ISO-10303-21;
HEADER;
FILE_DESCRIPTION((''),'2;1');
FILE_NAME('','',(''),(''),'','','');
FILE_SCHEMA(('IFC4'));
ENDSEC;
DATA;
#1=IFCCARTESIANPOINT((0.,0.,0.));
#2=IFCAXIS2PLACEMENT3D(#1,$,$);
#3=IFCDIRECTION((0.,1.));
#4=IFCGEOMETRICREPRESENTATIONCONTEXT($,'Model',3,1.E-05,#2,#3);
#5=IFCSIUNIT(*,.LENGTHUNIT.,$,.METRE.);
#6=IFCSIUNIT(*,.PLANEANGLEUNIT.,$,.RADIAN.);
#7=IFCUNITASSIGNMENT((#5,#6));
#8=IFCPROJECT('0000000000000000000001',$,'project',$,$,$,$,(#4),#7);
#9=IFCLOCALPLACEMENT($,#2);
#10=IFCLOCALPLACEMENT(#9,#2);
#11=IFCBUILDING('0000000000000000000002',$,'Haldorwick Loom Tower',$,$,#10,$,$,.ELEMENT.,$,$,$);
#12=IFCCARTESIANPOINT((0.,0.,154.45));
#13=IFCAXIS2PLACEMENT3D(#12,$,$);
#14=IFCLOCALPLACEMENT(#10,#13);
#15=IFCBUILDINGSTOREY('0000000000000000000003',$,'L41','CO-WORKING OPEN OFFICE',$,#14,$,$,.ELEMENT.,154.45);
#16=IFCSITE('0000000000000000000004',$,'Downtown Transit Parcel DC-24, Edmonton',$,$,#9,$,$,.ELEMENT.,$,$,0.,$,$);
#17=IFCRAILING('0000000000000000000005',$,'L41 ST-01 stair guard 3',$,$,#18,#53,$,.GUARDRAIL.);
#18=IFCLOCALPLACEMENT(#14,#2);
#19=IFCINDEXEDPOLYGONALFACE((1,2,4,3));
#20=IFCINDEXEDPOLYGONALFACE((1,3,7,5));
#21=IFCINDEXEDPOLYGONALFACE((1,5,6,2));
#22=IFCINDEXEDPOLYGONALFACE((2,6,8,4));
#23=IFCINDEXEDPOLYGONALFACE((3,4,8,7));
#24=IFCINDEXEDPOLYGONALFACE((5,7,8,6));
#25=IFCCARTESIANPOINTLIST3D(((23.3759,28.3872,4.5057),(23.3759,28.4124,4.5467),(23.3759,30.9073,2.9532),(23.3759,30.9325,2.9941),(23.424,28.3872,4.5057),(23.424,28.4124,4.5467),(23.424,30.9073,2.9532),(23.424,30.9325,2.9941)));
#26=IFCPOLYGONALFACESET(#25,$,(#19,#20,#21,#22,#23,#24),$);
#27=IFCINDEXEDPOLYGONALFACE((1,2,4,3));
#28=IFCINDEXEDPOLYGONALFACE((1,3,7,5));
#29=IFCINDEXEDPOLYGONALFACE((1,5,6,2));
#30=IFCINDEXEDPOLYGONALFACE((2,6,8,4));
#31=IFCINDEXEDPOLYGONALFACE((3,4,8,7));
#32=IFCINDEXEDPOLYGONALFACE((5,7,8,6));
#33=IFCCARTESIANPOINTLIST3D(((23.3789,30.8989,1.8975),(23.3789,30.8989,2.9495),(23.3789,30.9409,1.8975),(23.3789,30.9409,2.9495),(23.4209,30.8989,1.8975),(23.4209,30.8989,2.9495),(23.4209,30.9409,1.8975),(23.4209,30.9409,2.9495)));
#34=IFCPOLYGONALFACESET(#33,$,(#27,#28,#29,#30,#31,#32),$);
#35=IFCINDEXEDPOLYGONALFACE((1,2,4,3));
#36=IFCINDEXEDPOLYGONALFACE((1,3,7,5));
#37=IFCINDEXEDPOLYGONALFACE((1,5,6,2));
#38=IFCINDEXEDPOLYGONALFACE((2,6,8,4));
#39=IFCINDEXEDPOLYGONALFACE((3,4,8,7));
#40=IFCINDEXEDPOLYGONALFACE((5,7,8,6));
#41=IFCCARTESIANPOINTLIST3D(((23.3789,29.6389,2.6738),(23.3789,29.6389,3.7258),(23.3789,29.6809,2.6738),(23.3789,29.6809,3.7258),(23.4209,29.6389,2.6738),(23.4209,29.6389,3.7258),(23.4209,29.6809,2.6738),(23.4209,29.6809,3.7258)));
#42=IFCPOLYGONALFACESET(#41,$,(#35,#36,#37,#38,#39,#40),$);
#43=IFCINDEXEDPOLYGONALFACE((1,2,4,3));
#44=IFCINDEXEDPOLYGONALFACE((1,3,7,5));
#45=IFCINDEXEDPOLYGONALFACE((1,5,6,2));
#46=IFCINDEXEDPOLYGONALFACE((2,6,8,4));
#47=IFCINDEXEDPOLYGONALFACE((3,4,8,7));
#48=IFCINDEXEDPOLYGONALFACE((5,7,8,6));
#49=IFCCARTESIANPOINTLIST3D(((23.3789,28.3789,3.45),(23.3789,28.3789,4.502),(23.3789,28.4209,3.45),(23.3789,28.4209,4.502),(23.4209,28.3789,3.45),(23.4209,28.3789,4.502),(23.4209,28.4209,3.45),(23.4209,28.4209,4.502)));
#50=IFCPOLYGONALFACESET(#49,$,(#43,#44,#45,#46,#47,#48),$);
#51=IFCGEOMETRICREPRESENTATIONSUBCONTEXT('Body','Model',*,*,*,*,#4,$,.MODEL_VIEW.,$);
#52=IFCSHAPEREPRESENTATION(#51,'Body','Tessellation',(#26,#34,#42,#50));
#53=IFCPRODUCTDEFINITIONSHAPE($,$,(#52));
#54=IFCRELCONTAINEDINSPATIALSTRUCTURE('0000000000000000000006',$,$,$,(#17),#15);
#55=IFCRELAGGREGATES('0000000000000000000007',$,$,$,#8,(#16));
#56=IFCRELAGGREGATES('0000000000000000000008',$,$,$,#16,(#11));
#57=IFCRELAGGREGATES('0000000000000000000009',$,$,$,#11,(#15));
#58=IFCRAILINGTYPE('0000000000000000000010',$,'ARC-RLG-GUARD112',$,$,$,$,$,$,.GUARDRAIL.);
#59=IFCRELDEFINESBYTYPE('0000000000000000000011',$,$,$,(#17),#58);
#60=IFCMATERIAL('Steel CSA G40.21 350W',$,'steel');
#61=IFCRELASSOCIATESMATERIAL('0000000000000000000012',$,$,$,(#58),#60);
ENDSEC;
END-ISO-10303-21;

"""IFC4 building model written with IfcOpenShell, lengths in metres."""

from ifc_helpers import new_model, si_unit, direction, frame, origin, origin_2d, place, context, subcontext, project, spatial, rectangle, extrude, material, type_object, element, save


model = new_model("IFC4")

# Units and contexts
model_context = context("Model", 3, precision=1e-05, world=origin(), true_north=direction((0.0, 1.0)))
body_context = subcontext(model_context, "Body", "Model", "MODEL_VIEW")
ifc_project = project(units=[si_unit("LENGTHUNIT", "METRE"), si_unit("PLANEANGLEUNIT", "RADIAN")], contexts=[model_context])

# Site, building, storey
site_placement = place(None, origin())
site = spatial("IfcSite", under=ifc_project, at=site_placement, Name="Downtown Transit Parcel DC-24, Edmonton", CompositionType="ELEMENT", RefElevation=0.0)
building_placement = place(site_placement, origin())
building = spatial("IfcBuilding", under=site, at=building_placement, Name="Haldorwick Loom Tower", CompositionType="ELEMENT")
storey_placement = place(building_placement, frame((0.0, 0.0, 154.45)))
storey = spatial("IfcBuildingStorey", under=building, at=storey_placement, Name="L41", Description="CO-WORKING OPEN OFFICE", CompositionType="ELEMENT", Elevation=154.45)

# Shared definitions
ifc_material_1 = material(Name="Steel CSA G40.21 350W", Category="steel")

# Railing
railing_type = type_object("IfcRailingType", Name="ARC-RLG-GUARD112", PredefinedType="GUARDRAIL", material=ifc_material_1)
railing_1_placement = place(storey_placement, frame((23.3999, 30.9199, 1.8975)))
element("IfcRailing", 1, at=railing_1_placement, inside=storey, type_object=railing_type, Name="L41 ST-01 stair guard 3", PredefinedType="GUARDRAIL", context=body_context, shape_type="SweptSolid", body=[
    extrude(rectangle(XDim=0.0481, YDim=0.0481, at=origin_2d()), frame((0.0, 0.0, 1.0762), z_axis=(0.0, -0.8514, 0.524516), x_axis=(1.0, 0.0, 0.0)), (0.0, 0.0, 1.0), 2.96),
    extrude(rectangle(XDim=0.042, YDim=0.042, at=origin_2d()), origin(), (0.0, 0.0, 1.0), 1.052),
    extrude(rectangle(XDim=0.042, YDim=0.042, at=origin_2d()), frame((0.0, -1.26, 0.7764)), (0.0, 0.0, 1.0), 1.052),
    extrude(rectangle(XDim=0.042, YDim=0.042, at=origin_2d()), frame((0.0, -2.52, 1.5525)), (0.0, 0.0, 1.0), 1.052),
])

save(model, "model.ifc")
